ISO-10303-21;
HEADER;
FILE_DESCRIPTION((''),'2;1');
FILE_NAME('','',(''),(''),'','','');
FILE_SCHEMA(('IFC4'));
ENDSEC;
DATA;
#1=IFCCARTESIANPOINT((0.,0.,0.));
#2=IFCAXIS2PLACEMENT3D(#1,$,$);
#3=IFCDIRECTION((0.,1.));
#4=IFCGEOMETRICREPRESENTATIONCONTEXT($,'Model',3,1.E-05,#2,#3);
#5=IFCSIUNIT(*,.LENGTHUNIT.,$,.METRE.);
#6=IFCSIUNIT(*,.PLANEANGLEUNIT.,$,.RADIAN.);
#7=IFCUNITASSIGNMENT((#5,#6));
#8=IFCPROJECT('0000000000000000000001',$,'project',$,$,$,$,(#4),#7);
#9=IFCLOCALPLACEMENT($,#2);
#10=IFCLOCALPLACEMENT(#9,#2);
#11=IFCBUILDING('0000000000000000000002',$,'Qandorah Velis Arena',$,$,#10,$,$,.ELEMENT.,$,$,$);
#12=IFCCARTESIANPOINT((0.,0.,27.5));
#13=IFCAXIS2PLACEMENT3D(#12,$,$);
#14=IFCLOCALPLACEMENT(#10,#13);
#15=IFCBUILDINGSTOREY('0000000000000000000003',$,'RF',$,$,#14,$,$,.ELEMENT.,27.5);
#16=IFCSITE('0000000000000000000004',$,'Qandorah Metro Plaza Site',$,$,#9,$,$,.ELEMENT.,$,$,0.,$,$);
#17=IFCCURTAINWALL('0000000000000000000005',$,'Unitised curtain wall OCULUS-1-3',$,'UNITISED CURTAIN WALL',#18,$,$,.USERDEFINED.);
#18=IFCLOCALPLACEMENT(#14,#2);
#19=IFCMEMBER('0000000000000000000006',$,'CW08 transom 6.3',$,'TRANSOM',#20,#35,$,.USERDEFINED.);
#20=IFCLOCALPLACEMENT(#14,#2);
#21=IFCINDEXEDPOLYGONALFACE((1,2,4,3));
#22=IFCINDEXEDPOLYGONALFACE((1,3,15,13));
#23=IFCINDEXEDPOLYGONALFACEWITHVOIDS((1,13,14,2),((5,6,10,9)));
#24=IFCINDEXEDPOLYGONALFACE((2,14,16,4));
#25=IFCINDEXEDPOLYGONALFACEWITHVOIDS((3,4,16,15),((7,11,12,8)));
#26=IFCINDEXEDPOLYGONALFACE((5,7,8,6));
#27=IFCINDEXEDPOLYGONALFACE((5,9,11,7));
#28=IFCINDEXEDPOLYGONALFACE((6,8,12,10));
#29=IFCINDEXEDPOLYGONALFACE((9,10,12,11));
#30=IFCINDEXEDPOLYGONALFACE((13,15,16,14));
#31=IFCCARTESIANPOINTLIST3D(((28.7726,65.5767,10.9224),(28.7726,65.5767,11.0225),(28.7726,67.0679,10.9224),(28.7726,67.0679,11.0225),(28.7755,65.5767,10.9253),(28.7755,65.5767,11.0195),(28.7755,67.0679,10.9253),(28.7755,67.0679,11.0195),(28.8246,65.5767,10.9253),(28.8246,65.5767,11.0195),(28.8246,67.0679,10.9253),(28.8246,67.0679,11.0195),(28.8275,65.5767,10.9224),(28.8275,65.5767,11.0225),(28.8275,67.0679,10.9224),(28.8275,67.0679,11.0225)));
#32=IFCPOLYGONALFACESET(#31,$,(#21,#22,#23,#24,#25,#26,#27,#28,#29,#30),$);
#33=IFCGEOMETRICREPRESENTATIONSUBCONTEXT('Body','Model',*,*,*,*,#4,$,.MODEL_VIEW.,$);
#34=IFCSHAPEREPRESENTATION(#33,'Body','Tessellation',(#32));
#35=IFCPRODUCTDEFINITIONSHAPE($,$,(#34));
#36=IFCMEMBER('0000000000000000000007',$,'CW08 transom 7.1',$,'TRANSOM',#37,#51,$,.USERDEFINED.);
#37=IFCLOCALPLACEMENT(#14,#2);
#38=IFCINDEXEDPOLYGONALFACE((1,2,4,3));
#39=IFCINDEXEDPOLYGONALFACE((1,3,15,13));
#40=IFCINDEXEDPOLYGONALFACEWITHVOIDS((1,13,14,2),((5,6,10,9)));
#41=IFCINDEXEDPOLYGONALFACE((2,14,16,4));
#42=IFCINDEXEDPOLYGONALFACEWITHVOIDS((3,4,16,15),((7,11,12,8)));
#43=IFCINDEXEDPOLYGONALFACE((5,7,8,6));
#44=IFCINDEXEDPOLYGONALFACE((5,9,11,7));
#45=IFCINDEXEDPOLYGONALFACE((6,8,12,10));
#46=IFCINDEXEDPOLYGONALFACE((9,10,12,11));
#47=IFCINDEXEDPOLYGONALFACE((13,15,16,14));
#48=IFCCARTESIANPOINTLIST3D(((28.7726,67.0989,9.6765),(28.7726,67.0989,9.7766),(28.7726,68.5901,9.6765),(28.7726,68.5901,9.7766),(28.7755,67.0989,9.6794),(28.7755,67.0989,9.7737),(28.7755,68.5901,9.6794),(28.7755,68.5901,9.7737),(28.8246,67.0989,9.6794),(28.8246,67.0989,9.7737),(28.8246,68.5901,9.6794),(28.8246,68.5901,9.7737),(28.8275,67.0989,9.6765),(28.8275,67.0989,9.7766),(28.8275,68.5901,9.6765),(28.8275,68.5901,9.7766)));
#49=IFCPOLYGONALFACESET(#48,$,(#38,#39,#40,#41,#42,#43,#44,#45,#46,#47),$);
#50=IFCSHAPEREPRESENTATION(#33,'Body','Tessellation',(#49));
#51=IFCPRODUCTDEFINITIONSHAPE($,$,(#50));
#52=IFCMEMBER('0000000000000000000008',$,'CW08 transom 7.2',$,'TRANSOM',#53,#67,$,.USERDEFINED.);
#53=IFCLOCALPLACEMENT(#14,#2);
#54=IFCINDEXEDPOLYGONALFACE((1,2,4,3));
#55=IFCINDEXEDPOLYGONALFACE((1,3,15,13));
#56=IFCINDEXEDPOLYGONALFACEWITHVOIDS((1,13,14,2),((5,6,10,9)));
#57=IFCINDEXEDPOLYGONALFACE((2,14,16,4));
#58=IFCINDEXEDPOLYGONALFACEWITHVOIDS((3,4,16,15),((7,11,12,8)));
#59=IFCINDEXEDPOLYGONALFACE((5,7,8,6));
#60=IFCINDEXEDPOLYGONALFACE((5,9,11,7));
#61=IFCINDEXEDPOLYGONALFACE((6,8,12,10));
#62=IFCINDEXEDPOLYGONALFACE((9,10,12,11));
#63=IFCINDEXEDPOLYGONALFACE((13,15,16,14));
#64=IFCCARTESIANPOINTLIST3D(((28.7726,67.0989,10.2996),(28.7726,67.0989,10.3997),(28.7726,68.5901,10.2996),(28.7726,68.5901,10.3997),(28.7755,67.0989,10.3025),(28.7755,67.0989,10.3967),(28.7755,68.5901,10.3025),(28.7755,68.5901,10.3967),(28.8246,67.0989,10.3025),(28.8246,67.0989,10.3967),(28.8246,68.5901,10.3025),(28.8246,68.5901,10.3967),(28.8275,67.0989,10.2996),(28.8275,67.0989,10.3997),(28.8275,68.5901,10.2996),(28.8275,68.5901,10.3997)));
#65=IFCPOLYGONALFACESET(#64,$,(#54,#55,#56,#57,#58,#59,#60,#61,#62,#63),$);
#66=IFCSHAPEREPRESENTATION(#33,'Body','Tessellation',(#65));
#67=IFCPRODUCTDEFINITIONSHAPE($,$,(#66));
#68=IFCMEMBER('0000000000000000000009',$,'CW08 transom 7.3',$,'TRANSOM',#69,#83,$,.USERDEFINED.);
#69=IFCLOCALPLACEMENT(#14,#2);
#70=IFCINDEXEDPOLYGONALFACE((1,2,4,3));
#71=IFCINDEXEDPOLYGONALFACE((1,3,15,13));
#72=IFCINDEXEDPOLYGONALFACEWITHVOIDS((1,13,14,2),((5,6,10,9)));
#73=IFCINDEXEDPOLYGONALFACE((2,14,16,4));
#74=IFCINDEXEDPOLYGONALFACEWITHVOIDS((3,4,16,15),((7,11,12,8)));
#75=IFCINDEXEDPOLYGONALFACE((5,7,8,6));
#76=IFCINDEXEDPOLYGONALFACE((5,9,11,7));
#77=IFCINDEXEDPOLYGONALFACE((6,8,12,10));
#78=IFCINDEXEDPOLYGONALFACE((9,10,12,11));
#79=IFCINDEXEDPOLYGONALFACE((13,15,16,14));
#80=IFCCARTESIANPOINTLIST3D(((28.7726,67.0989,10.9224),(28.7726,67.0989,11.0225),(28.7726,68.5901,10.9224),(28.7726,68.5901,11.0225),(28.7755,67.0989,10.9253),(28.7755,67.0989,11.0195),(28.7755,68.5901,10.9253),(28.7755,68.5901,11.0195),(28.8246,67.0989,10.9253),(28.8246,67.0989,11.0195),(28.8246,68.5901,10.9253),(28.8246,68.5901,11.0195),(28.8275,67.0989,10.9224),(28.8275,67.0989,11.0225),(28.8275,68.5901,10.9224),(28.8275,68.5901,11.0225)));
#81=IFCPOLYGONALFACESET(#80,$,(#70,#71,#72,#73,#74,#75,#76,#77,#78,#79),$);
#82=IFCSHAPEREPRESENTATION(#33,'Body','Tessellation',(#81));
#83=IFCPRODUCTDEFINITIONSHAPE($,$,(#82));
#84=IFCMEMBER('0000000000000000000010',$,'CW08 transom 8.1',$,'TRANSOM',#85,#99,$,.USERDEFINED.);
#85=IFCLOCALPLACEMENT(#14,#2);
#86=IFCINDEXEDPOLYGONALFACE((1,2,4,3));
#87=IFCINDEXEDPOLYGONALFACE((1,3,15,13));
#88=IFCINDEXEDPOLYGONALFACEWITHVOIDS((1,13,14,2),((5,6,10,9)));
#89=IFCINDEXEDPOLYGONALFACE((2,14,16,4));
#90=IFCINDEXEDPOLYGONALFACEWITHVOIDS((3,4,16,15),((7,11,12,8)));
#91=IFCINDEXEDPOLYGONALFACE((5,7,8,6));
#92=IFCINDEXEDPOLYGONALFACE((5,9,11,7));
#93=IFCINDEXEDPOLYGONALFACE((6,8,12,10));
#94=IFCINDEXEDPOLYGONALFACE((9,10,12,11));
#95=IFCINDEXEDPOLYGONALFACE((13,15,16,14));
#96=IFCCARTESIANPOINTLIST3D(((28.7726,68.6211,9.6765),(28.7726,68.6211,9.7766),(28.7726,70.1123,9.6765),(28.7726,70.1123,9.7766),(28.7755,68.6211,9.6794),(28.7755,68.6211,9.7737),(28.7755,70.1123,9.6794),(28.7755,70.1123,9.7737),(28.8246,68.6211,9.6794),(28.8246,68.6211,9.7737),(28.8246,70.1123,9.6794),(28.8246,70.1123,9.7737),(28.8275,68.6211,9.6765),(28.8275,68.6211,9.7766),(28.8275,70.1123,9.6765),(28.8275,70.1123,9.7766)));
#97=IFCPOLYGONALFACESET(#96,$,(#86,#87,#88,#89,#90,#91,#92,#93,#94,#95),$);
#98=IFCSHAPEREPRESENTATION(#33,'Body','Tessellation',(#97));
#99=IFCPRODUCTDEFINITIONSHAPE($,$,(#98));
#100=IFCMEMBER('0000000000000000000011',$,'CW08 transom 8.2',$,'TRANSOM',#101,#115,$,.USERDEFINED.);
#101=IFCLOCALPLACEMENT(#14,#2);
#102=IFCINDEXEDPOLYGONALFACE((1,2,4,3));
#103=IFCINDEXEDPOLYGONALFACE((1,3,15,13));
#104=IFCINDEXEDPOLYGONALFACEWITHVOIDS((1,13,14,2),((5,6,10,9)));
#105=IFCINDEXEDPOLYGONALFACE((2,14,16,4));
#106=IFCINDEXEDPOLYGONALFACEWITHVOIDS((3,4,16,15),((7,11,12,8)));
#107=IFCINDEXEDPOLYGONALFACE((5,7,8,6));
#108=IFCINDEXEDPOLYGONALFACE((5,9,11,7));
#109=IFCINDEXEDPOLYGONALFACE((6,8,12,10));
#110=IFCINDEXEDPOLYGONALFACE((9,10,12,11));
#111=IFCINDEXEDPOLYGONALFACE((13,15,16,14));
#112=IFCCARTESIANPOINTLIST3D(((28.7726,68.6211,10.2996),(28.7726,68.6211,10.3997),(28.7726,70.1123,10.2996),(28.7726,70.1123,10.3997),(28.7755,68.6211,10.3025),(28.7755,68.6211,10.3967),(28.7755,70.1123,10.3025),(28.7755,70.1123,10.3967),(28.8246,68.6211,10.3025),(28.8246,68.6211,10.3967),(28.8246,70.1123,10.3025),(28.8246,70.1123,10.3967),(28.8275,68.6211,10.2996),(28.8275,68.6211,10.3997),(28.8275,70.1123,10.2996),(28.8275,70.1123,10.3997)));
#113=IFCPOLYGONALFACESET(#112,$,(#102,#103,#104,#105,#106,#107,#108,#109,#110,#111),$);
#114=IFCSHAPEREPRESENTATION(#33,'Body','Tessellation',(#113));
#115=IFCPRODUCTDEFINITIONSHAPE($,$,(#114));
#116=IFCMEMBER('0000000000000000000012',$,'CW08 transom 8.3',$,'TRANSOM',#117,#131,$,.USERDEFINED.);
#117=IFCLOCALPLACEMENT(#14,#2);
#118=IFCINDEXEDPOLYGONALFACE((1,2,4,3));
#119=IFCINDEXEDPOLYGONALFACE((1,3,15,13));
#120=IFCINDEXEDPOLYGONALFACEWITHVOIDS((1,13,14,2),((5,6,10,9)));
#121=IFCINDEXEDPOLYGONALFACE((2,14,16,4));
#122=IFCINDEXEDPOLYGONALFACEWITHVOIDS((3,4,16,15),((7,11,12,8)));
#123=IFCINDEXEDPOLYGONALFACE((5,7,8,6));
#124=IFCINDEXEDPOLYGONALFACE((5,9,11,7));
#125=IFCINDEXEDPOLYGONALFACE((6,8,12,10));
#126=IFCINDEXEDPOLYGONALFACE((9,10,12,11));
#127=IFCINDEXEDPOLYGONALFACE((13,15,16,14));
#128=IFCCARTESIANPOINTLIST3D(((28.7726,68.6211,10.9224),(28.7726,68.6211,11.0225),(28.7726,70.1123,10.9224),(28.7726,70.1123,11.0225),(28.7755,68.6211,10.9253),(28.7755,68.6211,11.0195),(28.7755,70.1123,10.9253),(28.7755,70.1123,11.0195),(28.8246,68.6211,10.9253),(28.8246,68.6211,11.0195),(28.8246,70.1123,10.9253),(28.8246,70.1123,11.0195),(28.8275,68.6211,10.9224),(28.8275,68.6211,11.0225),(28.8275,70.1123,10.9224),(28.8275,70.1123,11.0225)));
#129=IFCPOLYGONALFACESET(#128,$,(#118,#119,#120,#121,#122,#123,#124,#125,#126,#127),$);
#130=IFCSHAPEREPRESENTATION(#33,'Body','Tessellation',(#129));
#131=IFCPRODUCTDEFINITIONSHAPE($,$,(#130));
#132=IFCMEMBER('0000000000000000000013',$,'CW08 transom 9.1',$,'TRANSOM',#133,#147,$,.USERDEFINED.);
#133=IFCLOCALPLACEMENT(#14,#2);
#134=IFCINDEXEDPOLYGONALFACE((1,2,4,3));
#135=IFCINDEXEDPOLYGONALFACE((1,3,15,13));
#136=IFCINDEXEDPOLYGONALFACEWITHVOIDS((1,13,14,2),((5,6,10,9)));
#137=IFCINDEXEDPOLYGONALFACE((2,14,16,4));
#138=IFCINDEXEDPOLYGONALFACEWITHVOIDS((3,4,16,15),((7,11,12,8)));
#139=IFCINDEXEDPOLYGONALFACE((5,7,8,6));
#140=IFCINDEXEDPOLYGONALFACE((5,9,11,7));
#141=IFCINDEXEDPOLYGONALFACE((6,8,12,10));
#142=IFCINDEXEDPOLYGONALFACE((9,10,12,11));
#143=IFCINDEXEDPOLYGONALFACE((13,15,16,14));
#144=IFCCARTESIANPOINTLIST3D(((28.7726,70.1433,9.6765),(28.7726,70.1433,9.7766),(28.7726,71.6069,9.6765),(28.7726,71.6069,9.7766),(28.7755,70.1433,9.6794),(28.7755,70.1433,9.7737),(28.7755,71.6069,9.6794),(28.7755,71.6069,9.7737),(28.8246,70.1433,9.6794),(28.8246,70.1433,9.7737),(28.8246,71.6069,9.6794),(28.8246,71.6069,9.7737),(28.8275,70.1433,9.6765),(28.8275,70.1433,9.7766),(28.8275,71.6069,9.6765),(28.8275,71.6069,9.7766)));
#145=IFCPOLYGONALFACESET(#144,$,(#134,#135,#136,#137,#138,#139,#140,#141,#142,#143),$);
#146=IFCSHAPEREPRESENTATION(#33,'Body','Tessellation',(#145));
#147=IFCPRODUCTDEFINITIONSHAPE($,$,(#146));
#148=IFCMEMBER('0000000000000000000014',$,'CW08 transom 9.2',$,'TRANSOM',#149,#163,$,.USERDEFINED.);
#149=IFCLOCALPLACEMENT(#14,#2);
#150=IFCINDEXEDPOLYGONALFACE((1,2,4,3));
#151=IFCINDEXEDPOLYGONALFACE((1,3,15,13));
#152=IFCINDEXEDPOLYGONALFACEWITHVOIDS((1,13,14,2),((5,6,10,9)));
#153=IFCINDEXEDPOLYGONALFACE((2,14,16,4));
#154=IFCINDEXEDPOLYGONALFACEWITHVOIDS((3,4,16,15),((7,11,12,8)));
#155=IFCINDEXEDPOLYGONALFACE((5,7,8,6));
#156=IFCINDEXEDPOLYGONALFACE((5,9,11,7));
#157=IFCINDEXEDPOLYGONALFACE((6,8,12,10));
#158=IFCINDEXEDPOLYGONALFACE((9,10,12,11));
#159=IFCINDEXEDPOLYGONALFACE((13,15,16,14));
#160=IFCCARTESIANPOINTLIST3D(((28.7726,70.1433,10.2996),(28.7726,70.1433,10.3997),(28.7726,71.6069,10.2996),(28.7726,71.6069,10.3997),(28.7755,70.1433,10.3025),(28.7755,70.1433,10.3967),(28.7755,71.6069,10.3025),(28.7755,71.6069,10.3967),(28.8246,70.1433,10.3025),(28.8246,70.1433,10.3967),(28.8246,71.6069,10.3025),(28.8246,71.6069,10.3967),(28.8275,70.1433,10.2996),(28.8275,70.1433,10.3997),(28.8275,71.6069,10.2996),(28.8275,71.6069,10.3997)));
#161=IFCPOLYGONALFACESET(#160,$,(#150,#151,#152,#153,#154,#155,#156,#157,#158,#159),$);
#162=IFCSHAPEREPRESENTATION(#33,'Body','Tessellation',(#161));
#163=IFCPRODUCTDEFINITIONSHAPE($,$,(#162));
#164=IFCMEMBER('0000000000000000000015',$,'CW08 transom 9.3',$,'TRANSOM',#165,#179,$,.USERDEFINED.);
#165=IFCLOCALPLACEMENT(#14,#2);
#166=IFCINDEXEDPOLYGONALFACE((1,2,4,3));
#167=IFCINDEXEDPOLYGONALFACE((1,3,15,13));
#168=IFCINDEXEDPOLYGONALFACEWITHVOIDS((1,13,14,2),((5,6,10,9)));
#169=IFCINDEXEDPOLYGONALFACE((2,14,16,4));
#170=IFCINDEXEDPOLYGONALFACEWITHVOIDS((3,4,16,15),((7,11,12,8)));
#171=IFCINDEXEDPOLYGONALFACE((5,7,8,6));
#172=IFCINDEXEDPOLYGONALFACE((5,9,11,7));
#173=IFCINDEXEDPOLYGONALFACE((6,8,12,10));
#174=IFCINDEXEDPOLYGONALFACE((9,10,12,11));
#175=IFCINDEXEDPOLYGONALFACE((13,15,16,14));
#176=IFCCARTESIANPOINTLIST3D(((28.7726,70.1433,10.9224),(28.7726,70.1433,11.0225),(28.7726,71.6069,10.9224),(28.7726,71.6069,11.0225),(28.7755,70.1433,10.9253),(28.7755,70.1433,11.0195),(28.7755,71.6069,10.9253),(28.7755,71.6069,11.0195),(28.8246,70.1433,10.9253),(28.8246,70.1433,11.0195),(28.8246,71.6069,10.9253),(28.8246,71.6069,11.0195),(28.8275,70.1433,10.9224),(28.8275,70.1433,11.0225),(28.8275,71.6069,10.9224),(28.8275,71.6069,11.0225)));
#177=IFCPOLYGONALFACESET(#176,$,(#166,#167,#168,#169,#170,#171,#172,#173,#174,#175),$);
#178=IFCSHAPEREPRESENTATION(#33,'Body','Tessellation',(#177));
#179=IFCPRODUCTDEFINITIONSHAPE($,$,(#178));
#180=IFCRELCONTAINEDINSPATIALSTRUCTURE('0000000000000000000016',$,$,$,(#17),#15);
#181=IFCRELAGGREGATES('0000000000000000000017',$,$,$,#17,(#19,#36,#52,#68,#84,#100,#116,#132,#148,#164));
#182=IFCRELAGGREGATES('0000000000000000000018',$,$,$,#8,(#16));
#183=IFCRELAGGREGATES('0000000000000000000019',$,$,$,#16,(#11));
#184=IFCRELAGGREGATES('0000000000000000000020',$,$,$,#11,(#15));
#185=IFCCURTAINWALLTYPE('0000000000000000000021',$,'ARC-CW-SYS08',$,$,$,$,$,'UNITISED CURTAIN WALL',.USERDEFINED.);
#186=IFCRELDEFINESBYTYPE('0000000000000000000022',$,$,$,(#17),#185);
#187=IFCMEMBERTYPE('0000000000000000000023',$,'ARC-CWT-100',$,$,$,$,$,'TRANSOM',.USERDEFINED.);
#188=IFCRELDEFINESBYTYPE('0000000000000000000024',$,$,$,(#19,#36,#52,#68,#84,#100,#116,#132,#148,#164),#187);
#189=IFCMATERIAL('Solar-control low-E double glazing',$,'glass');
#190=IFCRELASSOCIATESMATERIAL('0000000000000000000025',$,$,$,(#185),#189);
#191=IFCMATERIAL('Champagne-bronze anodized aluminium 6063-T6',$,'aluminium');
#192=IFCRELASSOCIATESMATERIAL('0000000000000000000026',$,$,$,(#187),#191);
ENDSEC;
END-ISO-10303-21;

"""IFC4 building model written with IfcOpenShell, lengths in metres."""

from ifc_helpers import new_model, si_unit, direction, frame, origin, origin_2d, place, context, subcontext, project, spatial, hollow_rectangle, extrude, material, material_profile, profile_set, type_object, element, aggregate, save


model = new_model("IFC4")

# Units and contexts
model_context = context("Model", 3, precision=1e-05, world=origin(), true_north=direction((0.0, 1.0)))
body_context = subcontext(model_context, "Body", "Model", "MODEL_VIEW")
ifc_project = project(units=[si_unit("LENGTHUNIT", "METRE"), si_unit("PLANEANGLEUNIT", "RADIAN")], contexts=[model_context])

# Site, building, storey
site_placement = place(None, origin())
site = spatial("IfcSite", under=ifc_project, at=site_placement, Name="Qandorah Metro Plaza Site", CompositionType="ELEMENT", RefElevation=0.0)
building_placement = place(site_placement, origin())
building = spatial("IfcBuilding", under=site, at=building_placement, Name="Qandorah Velis Arena", CompositionType="ELEMENT")
storey_placement = place(building_placement, frame((0.0, 0.0, 27.5)))
storey = spatial("IfcBuildingStorey", under=building, at=storey_placement, Name="RF", CompositionType="ELEMENT", Elevation=27.5)

# Curtain wall, members
ifc_material_1 = material(Name="Solar-control low-E double glazing", Category="glass")
curtain_wall_type = type_object("IfcCurtainWallType", Name="ARC-CW-SYS08", ElementType="UNITISED CURTAIN WALL", PredefinedType="USERDEFINED", material=ifc_material_1)
curtain_wall_placement = place(storey_placement, origin())
curtain_wall = element("IfcCurtainWall", 1, at=curtain_wall_placement, inside=storey, type_object=curtain_wall_type, Name="Unitised curtain wall OCULUS-1-3", ObjectType="UNITISED CURTAIN WALL", PredefinedType="USERDEFINED")
ifc_material_2 = material(Name="Champagne-bronze anodized aluminium 6063-T6", Category="aluminium")
ifc_material_profile_1 = material_profile(ifc_material_2, hollow_rectangle(XDim=0.0549, YDim=0.1001, WallThickness=0.0029, at=origin_2d()), Name="ALU TRANSOM 55x100")
ifc_profile_set_1 = profile_set([ifc_material_profile_1], Name="Champagne-bronze anodized aluminium 6063-T6")
member_type_1 = type_object("IfcMemberType", Name="ARC-CWT-100", ElementType="TRANSOM", PredefinedType="USERDEFINED", material=ifc_profile_set_1)
member_1_placement = place(storey_placement, frame((28.8, 65.5767, 10.9724), z_axis=(0.0, 1.0, 0.0), x_axis=(-1.0, 0.0, 0.0)))
member_1 = element("IfcMember", 2, at=member_1_placement, type_object=member_type_1, Name="CW08 transom 6.3", ObjectType="TRANSOM", PredefinedType="USERDEFINED", context=body_context, shape_type="SweptSolid", body=[
    extrude(hollow_rectangle(XDim=0.0549, YDim=0.1001, WallThickness=0.0029, at=origin_2d()), origin(), (0.0, 0.0, 1.0), 1.4912),
])
member_2_placement = place(storey_placement, frame((28.8, 67.0989, 9.7266), z_axis=(0.0, 1.0, 0.0), x_axis=(-1.0, 0.0, 0.0)))
member_2 = element("IfcMember", 3, at=member_2_placement, type_object=member_type_1, Name="CW08 transom 7.1", ObjectType="TRANSOM", PredefinedType="USERDEFINED", context=body_context, shape_type="SweptSolid", body=[
    extrude(hollow_rectangle(XDim=0.0549, YDim=0.1001, WallThickness=0.0029, at=origin_2d()), origin(), (0.0, 0.0, 1.0), 1.4912),
])
member_3_placement = place(storey_placement, frame((28.8, 67.0989, 10.3496), z_axis=(0.0, 1.0, 0.0), x_axis=(-1.0, 0.0, 0.0)))
member_3 = element("IfcMember", 4, at=member_3_placement, type_object=member_type_1, Name="CW08 transom 7.2", ObjectType="TRANSOM", PredefinedType="USERDEFINED", context=body_context, shape_type="SweptSolid", body=[
    extrude(hollow_rectangle(XDim=0.0549, YDim=0.1001, WallThickness=0.0029, at=origin_2d()), origin(), (0.0, 0.0, 1.0), 1.4912),
])
member_4_placement = place(storey_placement, frame((28.8, 67.0989, 10.9724), z_axis=(0.0, 1.0, 0.0), x_axis=(-1.0, 0.0, 0.0)))
member_4 = element("IfcMember", 5, at=member_4_placement, type_object=member_type_1, Name="CW08 transom 7.3", ObjectType="TRANSOM", PredefinedType="USERDEFINED", context=body_context, shape_type="SweptSolid", body=[
    extrude(hollow_rectangle(XDim=0.0549, YDim=0.1001, WallThickness=0.0029, at=origin_2d()), origin(), (0.0, 0.0, 1.0), 1.4912),
])
member_5_placement = place(storey_placement, frame((28.8, 68.6211, 9.7266), z_axis=(0.0, 1.0, 0.0), x_axis=(-1.0, 0.0, 0.0)))
member_5 = element("IfcMember", 6, at=member_5_placement, type_object=member_type_1, Name="CW08 transom 8.1", ObjectType="TRANSOM", PredefinedType="USERDEFINED", context=body_context, shape_type="SweptSolid", body=[
    extrude(hollow_rectangle(XDim=0.0549, YDim=0.1001, WallThickness=0.0029, at=origin_2d()), origin(), (0.0, 0.0, 1.0), 1.4912),
])
member_6_placement = place(storey_placement, frame((28.8, 68.6211, 10.3496), z_axis=(0.0, 1.0, 0.0), x_axis=(-1.0, 0.0, 0.0)))
member_6 = element("IfcMember", 7, at=member_6_placement, type_object=member_type_1, Name="CW08 transom 8.2", ObjectType="TRANSOM", PredefinedType="USERDEFINED", context=body_context, shape_type="SweptSolid", body=[
    extrude(hollow_rectangle(XDim=0.0549, YDim=0.1001, WallThickness=0.0029, at=origin_2d()), origin(), (0.0, 0.0, 1.0), 1.4912),
])
member_7_placement = place(storey_placement, frame((28.8, 68.6211, 10.9724), z_axis=(0.0, 1.0, 0.0), x_axis=(-1.0, 0.0, 0.0)))
member_7 = element("IfcMember", 8, at=member_7_placement, type_object=member_type_1, Name="CW08 transom 8.3", ObjectType="TRANSOM", PredefinedType="USERDEFINED", context=body_context, shape_type="SweptSolid", body=[
    extrude(hollow_rectangle(XDim=0.0549, YDim=0.1001, WallThickness=0.0029, at=origin_2d()), origin(), (0.0, 0.0, 1.0), 1.4912),
])
member_8_placement = place(storey_placement, frame((28.8, 70.1433, 9.7266), z_axis=(0.0, 1.0, 0.0), x_axis=(-1.0, 0.0, 0.0)))
member_8 = element("IfcMember", 9, at=member_8_placement, type_object=member_type_1, Name="CW08 transom 9.1", ObjectType="TRANSOM", PredefinedType="USERDEFINED", context=body_context, shape_type="SweptSolid", body=[
    extrude(hollow_rectangle(XDim=0.0549, YDim=0.1001, WallThickness=0.0029, at=origin_2d()), origin(), (0.0, 0.0, 1.0), 1.4636),
])
member_9_placement = place(storey_placement, frame((28.8, 70.1433, 10.3496), z_axis=(0.0, 1.0, 0.0), x_axis=(-1.0, 0.0, 0.0)))
member_9 = element("IfcMember", 10, at=member_9_placement, type_object=member_type_1, Name="CW08 transom 9.2", ObjectType="TRANSOM", PredefinedType="USERDEFINED", context=body_context, shape_type="SweptSolid", body=[
    extrude(hollow_rectangle(XDim=0.0549, YDim=0.1001, WallThickness=0.0029, at=origin_2d()), origin(), (0.0, 0.0, 1.0), 1.4636),
])
member_10_placement = place(storey_placement, frame((28.8, 70.1433, 10.9724), z_axis=(0.0, 1.0, 0.0), x_axis=(-1.0, 0.0, 0.0)))
member_10 = element("IfcMember", 11, at=member_10_placement, type_object=member_type_1, Name="CW08 transom 9.3", ObjectType="TRANSOM", PredefinedType="USERDEFINED", context=body_context, shape_type="SweptSolid", body=[
    extrude(hollow_rectangle(XDim=0.0549, YDim=0.1001, WallThickness=0.0029, at=origin_2d()), origin(), (0.0, 0.0, 1.0), 1.4636),
])

aggregate(curtain_wall, [member_1, member_2, member_3, member_4, member_5, member_6, member_7, member_8, member_9, member_10])

save(model, "model.ifc")
